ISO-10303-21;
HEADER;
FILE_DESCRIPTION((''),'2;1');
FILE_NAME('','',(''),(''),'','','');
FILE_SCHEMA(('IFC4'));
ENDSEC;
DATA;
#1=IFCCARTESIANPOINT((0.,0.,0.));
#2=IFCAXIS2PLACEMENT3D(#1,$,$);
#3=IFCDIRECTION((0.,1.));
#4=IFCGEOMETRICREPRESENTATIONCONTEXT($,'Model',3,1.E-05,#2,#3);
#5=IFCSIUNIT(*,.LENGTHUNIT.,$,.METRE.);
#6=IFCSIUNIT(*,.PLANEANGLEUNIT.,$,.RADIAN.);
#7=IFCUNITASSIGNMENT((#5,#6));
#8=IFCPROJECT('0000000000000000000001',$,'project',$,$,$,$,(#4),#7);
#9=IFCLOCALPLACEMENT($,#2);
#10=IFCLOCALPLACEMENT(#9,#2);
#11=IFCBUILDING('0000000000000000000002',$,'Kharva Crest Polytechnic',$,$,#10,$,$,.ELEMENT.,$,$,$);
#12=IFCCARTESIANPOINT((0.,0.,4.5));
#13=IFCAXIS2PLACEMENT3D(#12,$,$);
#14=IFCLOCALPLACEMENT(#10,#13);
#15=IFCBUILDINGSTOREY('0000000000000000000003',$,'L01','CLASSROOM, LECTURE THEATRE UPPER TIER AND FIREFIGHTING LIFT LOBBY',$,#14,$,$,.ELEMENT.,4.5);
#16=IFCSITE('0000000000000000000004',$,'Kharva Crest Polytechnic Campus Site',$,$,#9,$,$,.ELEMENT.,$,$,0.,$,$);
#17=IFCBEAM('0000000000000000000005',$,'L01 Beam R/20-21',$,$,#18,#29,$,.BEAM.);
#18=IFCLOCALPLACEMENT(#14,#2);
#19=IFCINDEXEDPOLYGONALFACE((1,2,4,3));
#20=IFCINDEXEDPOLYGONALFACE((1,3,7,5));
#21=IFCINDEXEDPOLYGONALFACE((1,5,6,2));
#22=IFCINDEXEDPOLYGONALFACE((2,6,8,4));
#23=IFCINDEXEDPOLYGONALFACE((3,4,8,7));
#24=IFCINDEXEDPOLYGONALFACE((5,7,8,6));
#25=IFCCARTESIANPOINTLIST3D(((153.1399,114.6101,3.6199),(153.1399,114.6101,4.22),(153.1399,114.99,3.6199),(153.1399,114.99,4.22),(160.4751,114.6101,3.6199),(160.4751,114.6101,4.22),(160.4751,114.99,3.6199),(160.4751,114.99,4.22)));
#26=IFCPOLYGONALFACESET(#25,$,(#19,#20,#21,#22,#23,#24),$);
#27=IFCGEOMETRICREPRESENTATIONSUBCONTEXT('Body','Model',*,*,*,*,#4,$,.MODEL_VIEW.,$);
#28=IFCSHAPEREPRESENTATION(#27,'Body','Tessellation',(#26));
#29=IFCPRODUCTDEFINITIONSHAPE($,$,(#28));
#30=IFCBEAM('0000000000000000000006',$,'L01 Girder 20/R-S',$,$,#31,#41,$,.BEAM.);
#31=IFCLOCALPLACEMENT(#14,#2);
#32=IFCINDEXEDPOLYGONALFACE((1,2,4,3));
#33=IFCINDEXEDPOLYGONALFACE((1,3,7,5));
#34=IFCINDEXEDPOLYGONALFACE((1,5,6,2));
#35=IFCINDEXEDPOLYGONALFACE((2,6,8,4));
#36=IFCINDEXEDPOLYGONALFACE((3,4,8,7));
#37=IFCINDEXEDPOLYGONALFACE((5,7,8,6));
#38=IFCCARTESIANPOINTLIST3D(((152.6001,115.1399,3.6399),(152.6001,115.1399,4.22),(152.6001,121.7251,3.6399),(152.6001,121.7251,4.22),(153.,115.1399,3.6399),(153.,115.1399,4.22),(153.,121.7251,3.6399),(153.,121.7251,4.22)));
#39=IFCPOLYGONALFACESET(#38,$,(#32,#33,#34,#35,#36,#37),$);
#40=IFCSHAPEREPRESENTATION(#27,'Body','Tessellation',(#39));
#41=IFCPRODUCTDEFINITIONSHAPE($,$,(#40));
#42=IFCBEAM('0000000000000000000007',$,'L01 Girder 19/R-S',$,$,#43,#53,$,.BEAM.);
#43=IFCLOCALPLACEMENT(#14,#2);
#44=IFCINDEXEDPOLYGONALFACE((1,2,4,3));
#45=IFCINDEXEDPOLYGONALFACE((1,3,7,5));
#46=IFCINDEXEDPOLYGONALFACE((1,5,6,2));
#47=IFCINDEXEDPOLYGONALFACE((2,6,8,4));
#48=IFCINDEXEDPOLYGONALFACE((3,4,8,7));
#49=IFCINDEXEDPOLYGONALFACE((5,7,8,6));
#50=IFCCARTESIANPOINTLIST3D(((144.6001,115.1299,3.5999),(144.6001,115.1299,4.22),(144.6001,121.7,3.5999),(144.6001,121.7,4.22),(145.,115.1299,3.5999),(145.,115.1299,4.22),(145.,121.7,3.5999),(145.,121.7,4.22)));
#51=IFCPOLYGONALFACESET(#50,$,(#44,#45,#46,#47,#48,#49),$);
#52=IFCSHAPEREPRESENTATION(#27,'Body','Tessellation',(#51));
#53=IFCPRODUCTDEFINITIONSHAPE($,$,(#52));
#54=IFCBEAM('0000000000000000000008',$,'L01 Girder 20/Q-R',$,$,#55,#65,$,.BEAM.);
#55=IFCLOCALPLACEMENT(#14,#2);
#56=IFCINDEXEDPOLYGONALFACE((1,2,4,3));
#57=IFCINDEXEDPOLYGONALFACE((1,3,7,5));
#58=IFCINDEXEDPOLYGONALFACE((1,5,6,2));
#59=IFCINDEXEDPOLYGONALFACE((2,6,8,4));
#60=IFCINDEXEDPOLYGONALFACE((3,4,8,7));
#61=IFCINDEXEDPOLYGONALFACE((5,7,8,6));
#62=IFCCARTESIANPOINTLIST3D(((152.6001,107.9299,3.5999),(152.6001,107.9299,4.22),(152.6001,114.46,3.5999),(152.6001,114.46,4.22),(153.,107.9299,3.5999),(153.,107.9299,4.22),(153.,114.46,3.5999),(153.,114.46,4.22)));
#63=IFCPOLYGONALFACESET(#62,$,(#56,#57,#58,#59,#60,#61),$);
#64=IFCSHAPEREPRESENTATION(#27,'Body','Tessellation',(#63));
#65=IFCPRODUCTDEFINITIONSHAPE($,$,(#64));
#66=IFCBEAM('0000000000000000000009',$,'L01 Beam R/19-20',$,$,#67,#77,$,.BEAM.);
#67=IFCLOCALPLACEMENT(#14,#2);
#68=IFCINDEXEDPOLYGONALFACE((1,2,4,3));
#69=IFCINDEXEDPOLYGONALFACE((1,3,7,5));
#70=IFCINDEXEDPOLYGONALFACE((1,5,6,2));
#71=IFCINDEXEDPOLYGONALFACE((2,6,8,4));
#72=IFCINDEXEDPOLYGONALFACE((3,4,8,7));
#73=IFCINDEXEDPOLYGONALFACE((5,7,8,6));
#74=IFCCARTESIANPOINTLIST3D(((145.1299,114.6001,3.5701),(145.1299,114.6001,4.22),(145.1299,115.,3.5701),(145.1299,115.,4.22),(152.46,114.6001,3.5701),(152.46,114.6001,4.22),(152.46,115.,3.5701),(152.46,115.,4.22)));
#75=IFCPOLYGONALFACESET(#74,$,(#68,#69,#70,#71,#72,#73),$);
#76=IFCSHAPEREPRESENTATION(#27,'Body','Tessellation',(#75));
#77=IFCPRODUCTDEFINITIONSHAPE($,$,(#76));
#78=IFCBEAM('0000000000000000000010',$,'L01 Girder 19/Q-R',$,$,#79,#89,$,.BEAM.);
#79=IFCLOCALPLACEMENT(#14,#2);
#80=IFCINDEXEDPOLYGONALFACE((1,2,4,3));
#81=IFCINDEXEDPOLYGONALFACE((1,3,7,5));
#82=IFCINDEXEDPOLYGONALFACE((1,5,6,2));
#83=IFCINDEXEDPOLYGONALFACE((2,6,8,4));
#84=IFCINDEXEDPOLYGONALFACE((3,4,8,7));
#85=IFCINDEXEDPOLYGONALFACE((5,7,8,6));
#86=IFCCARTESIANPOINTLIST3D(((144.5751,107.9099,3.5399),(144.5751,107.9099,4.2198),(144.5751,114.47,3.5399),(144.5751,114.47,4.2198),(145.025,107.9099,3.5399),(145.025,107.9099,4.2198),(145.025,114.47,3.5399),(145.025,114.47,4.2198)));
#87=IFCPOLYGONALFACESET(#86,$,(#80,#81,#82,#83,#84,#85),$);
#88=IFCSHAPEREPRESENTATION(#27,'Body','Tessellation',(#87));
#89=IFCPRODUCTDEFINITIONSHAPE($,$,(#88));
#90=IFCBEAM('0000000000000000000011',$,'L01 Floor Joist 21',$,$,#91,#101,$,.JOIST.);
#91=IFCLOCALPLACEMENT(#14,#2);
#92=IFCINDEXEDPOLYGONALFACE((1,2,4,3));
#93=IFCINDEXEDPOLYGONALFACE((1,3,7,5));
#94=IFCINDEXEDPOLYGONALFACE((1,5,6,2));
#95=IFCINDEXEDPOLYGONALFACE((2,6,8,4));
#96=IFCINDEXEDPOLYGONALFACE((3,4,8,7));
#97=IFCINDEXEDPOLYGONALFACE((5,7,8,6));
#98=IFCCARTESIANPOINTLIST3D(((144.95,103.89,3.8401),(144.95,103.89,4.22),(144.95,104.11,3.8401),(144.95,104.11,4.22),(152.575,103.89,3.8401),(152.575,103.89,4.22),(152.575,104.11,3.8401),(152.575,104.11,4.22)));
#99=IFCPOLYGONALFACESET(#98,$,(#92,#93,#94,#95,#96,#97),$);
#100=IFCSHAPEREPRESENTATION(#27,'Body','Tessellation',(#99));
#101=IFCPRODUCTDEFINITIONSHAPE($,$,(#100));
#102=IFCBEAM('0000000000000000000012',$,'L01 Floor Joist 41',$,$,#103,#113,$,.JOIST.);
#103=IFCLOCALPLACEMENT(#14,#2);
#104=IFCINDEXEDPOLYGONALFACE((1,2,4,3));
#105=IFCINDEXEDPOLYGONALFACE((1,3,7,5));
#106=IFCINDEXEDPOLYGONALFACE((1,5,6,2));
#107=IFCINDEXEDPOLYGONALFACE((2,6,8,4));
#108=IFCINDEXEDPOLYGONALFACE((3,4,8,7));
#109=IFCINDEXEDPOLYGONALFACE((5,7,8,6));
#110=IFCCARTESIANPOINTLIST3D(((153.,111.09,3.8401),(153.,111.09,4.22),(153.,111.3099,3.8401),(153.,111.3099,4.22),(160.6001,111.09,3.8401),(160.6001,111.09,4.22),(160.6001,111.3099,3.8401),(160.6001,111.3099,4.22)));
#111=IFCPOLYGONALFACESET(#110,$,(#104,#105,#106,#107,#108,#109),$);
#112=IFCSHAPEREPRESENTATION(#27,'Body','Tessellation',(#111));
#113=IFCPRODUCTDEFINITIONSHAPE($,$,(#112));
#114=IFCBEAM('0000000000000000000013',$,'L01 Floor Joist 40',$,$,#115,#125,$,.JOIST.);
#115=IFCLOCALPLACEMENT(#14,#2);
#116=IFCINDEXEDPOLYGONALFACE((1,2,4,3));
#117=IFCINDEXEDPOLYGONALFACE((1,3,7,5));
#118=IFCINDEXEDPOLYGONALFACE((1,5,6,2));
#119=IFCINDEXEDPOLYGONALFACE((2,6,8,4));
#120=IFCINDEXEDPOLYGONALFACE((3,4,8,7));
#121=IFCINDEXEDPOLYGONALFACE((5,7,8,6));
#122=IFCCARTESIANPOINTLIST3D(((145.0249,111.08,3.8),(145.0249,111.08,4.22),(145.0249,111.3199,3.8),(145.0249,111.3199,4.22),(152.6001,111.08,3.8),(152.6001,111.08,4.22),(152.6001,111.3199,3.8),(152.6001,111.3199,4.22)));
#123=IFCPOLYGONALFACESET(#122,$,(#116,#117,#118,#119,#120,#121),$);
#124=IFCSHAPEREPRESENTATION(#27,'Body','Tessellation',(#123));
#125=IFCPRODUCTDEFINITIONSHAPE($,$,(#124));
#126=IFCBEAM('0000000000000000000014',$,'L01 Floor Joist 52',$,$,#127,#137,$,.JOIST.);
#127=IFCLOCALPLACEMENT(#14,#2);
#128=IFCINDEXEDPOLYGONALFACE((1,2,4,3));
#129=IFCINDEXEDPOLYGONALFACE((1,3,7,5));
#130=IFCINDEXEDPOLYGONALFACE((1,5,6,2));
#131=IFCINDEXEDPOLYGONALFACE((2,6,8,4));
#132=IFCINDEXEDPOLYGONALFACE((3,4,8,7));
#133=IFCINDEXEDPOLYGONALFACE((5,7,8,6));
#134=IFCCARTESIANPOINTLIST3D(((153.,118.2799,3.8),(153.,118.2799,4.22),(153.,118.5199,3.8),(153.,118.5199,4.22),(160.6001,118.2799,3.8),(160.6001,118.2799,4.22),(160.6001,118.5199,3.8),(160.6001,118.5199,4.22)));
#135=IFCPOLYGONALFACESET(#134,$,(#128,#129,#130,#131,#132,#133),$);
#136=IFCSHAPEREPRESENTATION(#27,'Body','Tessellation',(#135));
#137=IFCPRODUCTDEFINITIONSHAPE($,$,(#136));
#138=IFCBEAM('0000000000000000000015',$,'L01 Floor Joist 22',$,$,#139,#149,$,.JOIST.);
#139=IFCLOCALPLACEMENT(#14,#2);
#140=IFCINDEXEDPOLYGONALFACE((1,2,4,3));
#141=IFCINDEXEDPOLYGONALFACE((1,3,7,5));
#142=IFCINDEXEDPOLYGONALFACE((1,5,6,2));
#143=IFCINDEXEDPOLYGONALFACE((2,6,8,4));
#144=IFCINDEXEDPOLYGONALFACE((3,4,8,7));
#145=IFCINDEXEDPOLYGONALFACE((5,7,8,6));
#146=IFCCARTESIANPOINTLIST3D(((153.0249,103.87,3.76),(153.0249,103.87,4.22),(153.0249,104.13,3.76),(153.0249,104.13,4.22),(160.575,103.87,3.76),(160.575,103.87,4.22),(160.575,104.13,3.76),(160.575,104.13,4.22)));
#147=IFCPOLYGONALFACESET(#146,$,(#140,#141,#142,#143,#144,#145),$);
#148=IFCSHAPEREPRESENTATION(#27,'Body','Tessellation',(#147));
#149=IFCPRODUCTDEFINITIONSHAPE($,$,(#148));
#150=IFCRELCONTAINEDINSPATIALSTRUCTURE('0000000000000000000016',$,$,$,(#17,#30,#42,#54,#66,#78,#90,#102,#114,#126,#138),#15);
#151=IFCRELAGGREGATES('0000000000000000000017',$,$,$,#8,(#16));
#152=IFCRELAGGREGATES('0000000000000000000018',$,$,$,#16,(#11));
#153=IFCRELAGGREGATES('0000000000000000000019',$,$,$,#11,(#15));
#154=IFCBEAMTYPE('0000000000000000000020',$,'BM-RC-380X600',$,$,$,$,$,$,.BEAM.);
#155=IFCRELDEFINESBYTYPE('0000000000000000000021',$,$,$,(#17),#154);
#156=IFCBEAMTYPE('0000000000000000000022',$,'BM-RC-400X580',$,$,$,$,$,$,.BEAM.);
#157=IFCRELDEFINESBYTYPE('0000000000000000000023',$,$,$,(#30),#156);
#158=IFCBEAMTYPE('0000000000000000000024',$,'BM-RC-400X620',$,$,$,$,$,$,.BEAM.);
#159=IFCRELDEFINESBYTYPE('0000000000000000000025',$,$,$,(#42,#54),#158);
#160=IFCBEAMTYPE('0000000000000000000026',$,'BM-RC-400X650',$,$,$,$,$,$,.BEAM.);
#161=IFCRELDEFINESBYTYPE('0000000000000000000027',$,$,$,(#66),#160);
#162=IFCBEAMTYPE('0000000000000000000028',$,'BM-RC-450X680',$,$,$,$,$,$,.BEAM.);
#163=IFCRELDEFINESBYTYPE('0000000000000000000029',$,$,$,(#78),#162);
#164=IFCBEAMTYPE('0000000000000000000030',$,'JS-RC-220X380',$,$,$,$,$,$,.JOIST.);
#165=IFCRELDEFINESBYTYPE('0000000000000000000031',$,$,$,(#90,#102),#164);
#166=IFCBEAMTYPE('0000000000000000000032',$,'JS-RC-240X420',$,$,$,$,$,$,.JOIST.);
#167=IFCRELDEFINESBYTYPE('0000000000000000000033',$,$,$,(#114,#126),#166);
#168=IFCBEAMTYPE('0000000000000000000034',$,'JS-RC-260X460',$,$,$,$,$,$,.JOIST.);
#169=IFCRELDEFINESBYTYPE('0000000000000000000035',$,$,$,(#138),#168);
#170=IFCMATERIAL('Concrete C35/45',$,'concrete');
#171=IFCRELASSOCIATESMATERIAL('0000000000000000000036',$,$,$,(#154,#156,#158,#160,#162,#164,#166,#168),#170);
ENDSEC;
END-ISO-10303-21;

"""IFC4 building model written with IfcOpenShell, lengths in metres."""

from ifc_helpers import new_model, si_unit, direction, frame, origin, origin_2d, place, context, subcontext, project, spatial, rectangle, extrude, material, material_profile, profile_set, type_object, element, save


model = new_model("IFC4")

# Units and contexts
model_context = context("Model", 3, precision=1e-05, world=origin(), true_north=direction((0.0, 1.0)))
body_context = subcontext(model_context, "Body", "Model", "MODEL_VIEW")
ifc_project = project(units=[si_unit("LENGTHUNIT", "METRE"), si_unit("PLANEANGLEUNIT", "RADIAN")], contexts=[model_context])

# Site, building, storey
site_placement = place(None, origin())
site = spatial("IfcSite", under=ifc_project, at=site_placement, Name="Kharva Crest Polytechnic Campus Site", CompositionType="ELEMENT", RefElevation=0.0)
building_placement = place(site_placement, origin())
building = spatial("IfcBuilding", under=site, at=building_placement, Name="Kharva Crest Polytechnic", CompositionType="ELEMENT")
storey_placement = place(building_placement, frame((0.0, 0.0, 4.5)))
storey = spatial("IfcBuildingStorey", under=building, at=storey_placement, Name="L01", Description="CLASSROOM, LECTURE THEATRE UPPER TIER AND FIREFIGHTING LIFT LOBBY", CompositionType="ELEMENT", Elevation=4.5)

# Beams
ifc_material_1 = material(Name="Concrete C35/45", Category="concrete")
ifc_material_profile_1 = material_profile(ifc_material_1, rectangle(XDim=0.3799, YDim=0.6001, at=origin_2d()), Name="RECT 380 X 600")
ifc_profile_set_1 = profile_set([ifc_material_profile_1], Name="Concrete C35/45")
beam_type_1 = type_object("IfcBeamType", Name="BM-RC-380X600", PredefinedType="BEAM", material=ifc_profile_set_1)
beam_1_placement = place(storey_placement, frame((153.1399, 114.8, 3.9199), z_axis=(1.0, 0.0, 0.0), x_axis=(0.0, 1.0, 0.0)))
element("IfcBeam", 1, at=beam_1_placement, inside=storey, type_object=beam_type_1, Name="L01 Beam R/20-21", PredefinedType="BEAM", context=body_context, shape_type="SweptSolid", body=[
    extrude(rectangle(XDim=0.3799, YDim=0.6001, at=origin_2d()), origin(), (0.0, 0.0, 1.0), 7.3352),
])
ifc_material_profile_2 = material_profile(ifc_material_1, rectangle(XDim=0.3999, YDim=0.5801, at=origin_2d()), Name="RECT 400 X 580")
ifc_profile_set_2 = profile_set([ifc_material_profile_2], Name="Concrete C35/45")
beam_type_2 = type_object("IfcBeamType", Name="BM-RC-400X580", PredefinedType="BEAM", material=ifc_profile_set_2)
beam_2_placement = place(storey_placement, frame((152.8, 115.1399, 3.9299), z_axis=(0.0, 1.0, 0.0), x_axis=(-1.0, 0.0, 0.0)))
element("IfcBeam", 2, at=beam_2_placement, inside=storey, type_object=beam_type_2, Name="L01 Girder 20/R-S", PredefinedType="BEAM", context=body_context, shape_type="SweptSolid", body=[
    extrude(rectangle(XDim=0.3999, YDim=0.5801, at=origin_2d()), origin(), (0.0, 0.0, 1.0), 6.5852),
])
ifc_material_profile_3 = material_profile(ifc_material_1, rectangle(XDim=0.3999, YDim=0.6201, at=origin_2d()), Name="RECT 400 X 620")
ifc_profile_set_3 = profile_set([ifc_material_profile_3], Name="Concrete C35/45")
beam_type_3 = type_object("IfcBeamType", Name="BM-RC-400X620", PredefinedType="BEAM", material=ifc_profile_set_3)
beam_3_placement = place(storey_placement, frame((144.8, 115.1299, 3.9099), z_axis=(0.0, 1.0, 0.0), x_axis=(-1.0, 0.0, 0.0)))
element("IfcBeam", 3, at=beam_3_placement, inside=storey, type_object=beam_type_3, Name="L01 Girder 19/R-S", PredefinedType="BEAM", context=body_context, shape_type="SweptSolid", body=[
    extrude(rectangle(XDim=0.3999, YDim=0.6201, at=origin_2d()), origin(), (0.0, 0.0, 1.0), 6.5701),
])
beam_4_placement = place(storey_placement, frame((152.8, 107.9299, 3.9099), z_axis=(0.0, 1.0, 0.0), x_axis=(-1.0, 0.0, 0.0)))
element("IfcBeam", 4, at=beam_4_placement, inside=storey, type_object=beam_type_3, Name="L01 Girder 20/Q-R", PredefinedType="BEAM", context=body_context, shape_type="SweptSolid", body=[
    extrude(rectangle(XDim=0.3999, YDim=0.6201, at=origin_2d()), origin(), (0.0, 0.0, 1.0), 6.53),
])
ifc_material_profile_4 = material_profile(ifc_material_1, rectangle(XDim=0.3999, YDim=0.6499, at=origin_2d()), Name="RECT 400 X 650")
ifc_profile_set_4 = profile_set([ifc_material_profile_4], Name="Concrete C35/45")
beam_type_4 = type_object("IfcBeamType", Name="BM-RC-400X650", PredefinedType="BEAM", material=ifc_profile_set_4)
beam_5_placement = place(storey_placement, frame((145.1299, 114.8, 3.895), z_axis=(1.0, 0.0, 0.0), x_axis=(0.0, 1.0, 0.0)))
element("IfcBeam", 5, at=beam_5_placement, inside=storey, type_object=beam_type_4, Name="L01 Beam R/19-20", PredefinedType="BEAM", context=body_context, shape_type="SweptSolid", body=[
    extrude(rectangle(XDim=0.3999, YDim=0.6499, at=origin_2d()), origin(), (0.0, 0.0, 1.0), 7.3301),
])
ifc_material_profile_5 = material_profile(ifc_material_1, rectangle(XDim=0.45, YDim=0.6799, at=origin_2d()), Name="RECT 450 X 680")
ifc_profile_set_5 = profile_set([ifc_material_profile_5], Name="Concrete C35/45")
beam_type_5 = type_object("IfcBeamType", Name="BM-RC-450X680", PredefinedType="BEAM", material=ifc_profile_set_5)
beam_6_placement = place(storey_placement, frame((144.8, 107.9099, 3.8799), z_axis=(0.0, 1.0, 0.0), x_axis=(-1.0, 0.0, 0.0)))
element("IfcBeam", 6, at=beam_6_placement, inside=storey, type_object=beam_type_5, Name="L01 Girder 19/Q-R", PredefinedType="BEAM", context=body_context, shape_type="SweptSolid", body=[
    extrude(rectangle(XDim=0.45, YDim=0.6799, at=origin_2d()), origin(), (0.0, 0.0, 1.0), 6.5601),
])
ifc_material_profile_6 = material_profile(ifc_material_1, rectangle(XDim=0.22, YDim=0.3799, at=origin_2d()), Name="RECT 220 X 380")
ifc_profile_set_6 = profile_set([ifc_material_profile_6], Name="Concrete C35/45")
beam_type_6 = type_object("IfcBeamType", Name="JS-RC-220X380", PredefinedType="JOIST", material=ifc_profile_set_6)
beam_7_placement = place(storey_placement, frame((144.95, 104.0, 4.03), z_axis=(1.0, 0.0, 0.0), x_axis=(0.0, 1.0, 0.0)))
element("IfcBeam", 7, at=beam_7_placement, inside=storey, type_object=beam_type_6, Name="L01 Floor Joist 21", PredefinedType="JOIST", context=body_context, shape_type="SweptSolid", body=[
    extrude(rectangle(XDim=0.22, YDim=0.3799, at=origin_2d()), origin(), (0.0, 0.0, 1.0), 7.625),
])
beam_8_placement = place(storey_placement, frame((153.0, 111.2, 4.03), z_axis=(1.0, 0.0, 0.0), x_axis=(0.0, 1.0, 0.0)))
element("IfcBeam", 8, at=beam_8_placement, inside=storey, type_object=beam_type_6, Name="L01 Floor Joist 41", PredefinedType="JOIST", context=body_context, shape_type="SweptSolid", body=[
    extrude(rectangle(XDim=0.22, YDim=0.3799, at=origin_2d()), origin(), (0.0, 0.0, 1.0), 7.6001),
])
ifc_material_profile_7 = material_profile(ifc_material_1, rectangle(XDim=0.24, YDim=0.4199, at=origin_2d()), Name="RECT 240 X 420")
ifc_profile_set_7 = profile_set([ifc_material_profile_7], Name="Concrete C35/45")
beam_type_7 = type_object("IfcBeamType", Name="JS-RC-240X420", PredefinedType="JOIST", material=ifc_profile_set_7)
beam_9_placement = place(storey_placement, frame((145.0249, 111.2, 4.01), z_axis=(1.0, 0.0, 0.0), x_axis=(0.0, 1.0, 0.0)))
element("IfcBeam", 9, at=beam_9_placement, inside=storey, type_object=beam_type_7, Name="L01 Floor Joist 40", PredefinedType="JOIST", context=body_context, shape_type="SweptSolid", body=[
    extrude(rectangle(XDim=0.24, YDim=0.4199, at=origin_2d()), origin(), (0.0, 0.0, 1.0), 7.5752),
])
beam_10_placement = place(storey_placement, frame((153.0, 118.3999, 4.01), z_axis=(1.0, 0.0, 0.0), x_axis=(0.0, 1.0, 0.0)))
element("IfcBeam", 10, at=beam_10_placement, inside=storey, type_object=beam_type_7, Name="L01 Floor Joist 52", PredefinedType="JOIST", context=body_context, shape_type="SweptSolid", body=[
    extrude(rectangle(XDim=0.24, YDim=0.4199, at=origin_2d()), origin(), (0.0, 0.0, 1.0), 7.6001),
])
ifc_material_profile_8 = material_profile(ifc_material_1, rectangle(XDim=0.26, YDim=0.46, at=origin_2d()), Name="RECT 260 X 460")
ifc_profile_set_8 = profile_set([ifc_material_profile_8], Name="Concrete C35/45")
beam_type_8 = type_object("IfcBeamType", Name="JS-RC-260X460", PredefinedType="JOIST", material=ifc_profile_set_8)
beam_11_placement = place(storey_placement, frame((153.0249, 104.0, 3.99), z_axis=(1.0, 0.0, 0.0), x_axis=(0.0, 1.0, 0.0)))
element("IfcBeam", 11, at=beam_11_placement, inside=storey, type_object=beam_type_8, Name="L01 Floor Joist 22", PredefinedType="JOIST", context=body_context, shape_type="SweptSolid", body=[
    extrude(rectangle(XDim=0.26, YDim=0.46, at=origin_2d()), origin(), (0.0, 0.0, 1.0), 7.55),
])

save(model, "model.ifc")
